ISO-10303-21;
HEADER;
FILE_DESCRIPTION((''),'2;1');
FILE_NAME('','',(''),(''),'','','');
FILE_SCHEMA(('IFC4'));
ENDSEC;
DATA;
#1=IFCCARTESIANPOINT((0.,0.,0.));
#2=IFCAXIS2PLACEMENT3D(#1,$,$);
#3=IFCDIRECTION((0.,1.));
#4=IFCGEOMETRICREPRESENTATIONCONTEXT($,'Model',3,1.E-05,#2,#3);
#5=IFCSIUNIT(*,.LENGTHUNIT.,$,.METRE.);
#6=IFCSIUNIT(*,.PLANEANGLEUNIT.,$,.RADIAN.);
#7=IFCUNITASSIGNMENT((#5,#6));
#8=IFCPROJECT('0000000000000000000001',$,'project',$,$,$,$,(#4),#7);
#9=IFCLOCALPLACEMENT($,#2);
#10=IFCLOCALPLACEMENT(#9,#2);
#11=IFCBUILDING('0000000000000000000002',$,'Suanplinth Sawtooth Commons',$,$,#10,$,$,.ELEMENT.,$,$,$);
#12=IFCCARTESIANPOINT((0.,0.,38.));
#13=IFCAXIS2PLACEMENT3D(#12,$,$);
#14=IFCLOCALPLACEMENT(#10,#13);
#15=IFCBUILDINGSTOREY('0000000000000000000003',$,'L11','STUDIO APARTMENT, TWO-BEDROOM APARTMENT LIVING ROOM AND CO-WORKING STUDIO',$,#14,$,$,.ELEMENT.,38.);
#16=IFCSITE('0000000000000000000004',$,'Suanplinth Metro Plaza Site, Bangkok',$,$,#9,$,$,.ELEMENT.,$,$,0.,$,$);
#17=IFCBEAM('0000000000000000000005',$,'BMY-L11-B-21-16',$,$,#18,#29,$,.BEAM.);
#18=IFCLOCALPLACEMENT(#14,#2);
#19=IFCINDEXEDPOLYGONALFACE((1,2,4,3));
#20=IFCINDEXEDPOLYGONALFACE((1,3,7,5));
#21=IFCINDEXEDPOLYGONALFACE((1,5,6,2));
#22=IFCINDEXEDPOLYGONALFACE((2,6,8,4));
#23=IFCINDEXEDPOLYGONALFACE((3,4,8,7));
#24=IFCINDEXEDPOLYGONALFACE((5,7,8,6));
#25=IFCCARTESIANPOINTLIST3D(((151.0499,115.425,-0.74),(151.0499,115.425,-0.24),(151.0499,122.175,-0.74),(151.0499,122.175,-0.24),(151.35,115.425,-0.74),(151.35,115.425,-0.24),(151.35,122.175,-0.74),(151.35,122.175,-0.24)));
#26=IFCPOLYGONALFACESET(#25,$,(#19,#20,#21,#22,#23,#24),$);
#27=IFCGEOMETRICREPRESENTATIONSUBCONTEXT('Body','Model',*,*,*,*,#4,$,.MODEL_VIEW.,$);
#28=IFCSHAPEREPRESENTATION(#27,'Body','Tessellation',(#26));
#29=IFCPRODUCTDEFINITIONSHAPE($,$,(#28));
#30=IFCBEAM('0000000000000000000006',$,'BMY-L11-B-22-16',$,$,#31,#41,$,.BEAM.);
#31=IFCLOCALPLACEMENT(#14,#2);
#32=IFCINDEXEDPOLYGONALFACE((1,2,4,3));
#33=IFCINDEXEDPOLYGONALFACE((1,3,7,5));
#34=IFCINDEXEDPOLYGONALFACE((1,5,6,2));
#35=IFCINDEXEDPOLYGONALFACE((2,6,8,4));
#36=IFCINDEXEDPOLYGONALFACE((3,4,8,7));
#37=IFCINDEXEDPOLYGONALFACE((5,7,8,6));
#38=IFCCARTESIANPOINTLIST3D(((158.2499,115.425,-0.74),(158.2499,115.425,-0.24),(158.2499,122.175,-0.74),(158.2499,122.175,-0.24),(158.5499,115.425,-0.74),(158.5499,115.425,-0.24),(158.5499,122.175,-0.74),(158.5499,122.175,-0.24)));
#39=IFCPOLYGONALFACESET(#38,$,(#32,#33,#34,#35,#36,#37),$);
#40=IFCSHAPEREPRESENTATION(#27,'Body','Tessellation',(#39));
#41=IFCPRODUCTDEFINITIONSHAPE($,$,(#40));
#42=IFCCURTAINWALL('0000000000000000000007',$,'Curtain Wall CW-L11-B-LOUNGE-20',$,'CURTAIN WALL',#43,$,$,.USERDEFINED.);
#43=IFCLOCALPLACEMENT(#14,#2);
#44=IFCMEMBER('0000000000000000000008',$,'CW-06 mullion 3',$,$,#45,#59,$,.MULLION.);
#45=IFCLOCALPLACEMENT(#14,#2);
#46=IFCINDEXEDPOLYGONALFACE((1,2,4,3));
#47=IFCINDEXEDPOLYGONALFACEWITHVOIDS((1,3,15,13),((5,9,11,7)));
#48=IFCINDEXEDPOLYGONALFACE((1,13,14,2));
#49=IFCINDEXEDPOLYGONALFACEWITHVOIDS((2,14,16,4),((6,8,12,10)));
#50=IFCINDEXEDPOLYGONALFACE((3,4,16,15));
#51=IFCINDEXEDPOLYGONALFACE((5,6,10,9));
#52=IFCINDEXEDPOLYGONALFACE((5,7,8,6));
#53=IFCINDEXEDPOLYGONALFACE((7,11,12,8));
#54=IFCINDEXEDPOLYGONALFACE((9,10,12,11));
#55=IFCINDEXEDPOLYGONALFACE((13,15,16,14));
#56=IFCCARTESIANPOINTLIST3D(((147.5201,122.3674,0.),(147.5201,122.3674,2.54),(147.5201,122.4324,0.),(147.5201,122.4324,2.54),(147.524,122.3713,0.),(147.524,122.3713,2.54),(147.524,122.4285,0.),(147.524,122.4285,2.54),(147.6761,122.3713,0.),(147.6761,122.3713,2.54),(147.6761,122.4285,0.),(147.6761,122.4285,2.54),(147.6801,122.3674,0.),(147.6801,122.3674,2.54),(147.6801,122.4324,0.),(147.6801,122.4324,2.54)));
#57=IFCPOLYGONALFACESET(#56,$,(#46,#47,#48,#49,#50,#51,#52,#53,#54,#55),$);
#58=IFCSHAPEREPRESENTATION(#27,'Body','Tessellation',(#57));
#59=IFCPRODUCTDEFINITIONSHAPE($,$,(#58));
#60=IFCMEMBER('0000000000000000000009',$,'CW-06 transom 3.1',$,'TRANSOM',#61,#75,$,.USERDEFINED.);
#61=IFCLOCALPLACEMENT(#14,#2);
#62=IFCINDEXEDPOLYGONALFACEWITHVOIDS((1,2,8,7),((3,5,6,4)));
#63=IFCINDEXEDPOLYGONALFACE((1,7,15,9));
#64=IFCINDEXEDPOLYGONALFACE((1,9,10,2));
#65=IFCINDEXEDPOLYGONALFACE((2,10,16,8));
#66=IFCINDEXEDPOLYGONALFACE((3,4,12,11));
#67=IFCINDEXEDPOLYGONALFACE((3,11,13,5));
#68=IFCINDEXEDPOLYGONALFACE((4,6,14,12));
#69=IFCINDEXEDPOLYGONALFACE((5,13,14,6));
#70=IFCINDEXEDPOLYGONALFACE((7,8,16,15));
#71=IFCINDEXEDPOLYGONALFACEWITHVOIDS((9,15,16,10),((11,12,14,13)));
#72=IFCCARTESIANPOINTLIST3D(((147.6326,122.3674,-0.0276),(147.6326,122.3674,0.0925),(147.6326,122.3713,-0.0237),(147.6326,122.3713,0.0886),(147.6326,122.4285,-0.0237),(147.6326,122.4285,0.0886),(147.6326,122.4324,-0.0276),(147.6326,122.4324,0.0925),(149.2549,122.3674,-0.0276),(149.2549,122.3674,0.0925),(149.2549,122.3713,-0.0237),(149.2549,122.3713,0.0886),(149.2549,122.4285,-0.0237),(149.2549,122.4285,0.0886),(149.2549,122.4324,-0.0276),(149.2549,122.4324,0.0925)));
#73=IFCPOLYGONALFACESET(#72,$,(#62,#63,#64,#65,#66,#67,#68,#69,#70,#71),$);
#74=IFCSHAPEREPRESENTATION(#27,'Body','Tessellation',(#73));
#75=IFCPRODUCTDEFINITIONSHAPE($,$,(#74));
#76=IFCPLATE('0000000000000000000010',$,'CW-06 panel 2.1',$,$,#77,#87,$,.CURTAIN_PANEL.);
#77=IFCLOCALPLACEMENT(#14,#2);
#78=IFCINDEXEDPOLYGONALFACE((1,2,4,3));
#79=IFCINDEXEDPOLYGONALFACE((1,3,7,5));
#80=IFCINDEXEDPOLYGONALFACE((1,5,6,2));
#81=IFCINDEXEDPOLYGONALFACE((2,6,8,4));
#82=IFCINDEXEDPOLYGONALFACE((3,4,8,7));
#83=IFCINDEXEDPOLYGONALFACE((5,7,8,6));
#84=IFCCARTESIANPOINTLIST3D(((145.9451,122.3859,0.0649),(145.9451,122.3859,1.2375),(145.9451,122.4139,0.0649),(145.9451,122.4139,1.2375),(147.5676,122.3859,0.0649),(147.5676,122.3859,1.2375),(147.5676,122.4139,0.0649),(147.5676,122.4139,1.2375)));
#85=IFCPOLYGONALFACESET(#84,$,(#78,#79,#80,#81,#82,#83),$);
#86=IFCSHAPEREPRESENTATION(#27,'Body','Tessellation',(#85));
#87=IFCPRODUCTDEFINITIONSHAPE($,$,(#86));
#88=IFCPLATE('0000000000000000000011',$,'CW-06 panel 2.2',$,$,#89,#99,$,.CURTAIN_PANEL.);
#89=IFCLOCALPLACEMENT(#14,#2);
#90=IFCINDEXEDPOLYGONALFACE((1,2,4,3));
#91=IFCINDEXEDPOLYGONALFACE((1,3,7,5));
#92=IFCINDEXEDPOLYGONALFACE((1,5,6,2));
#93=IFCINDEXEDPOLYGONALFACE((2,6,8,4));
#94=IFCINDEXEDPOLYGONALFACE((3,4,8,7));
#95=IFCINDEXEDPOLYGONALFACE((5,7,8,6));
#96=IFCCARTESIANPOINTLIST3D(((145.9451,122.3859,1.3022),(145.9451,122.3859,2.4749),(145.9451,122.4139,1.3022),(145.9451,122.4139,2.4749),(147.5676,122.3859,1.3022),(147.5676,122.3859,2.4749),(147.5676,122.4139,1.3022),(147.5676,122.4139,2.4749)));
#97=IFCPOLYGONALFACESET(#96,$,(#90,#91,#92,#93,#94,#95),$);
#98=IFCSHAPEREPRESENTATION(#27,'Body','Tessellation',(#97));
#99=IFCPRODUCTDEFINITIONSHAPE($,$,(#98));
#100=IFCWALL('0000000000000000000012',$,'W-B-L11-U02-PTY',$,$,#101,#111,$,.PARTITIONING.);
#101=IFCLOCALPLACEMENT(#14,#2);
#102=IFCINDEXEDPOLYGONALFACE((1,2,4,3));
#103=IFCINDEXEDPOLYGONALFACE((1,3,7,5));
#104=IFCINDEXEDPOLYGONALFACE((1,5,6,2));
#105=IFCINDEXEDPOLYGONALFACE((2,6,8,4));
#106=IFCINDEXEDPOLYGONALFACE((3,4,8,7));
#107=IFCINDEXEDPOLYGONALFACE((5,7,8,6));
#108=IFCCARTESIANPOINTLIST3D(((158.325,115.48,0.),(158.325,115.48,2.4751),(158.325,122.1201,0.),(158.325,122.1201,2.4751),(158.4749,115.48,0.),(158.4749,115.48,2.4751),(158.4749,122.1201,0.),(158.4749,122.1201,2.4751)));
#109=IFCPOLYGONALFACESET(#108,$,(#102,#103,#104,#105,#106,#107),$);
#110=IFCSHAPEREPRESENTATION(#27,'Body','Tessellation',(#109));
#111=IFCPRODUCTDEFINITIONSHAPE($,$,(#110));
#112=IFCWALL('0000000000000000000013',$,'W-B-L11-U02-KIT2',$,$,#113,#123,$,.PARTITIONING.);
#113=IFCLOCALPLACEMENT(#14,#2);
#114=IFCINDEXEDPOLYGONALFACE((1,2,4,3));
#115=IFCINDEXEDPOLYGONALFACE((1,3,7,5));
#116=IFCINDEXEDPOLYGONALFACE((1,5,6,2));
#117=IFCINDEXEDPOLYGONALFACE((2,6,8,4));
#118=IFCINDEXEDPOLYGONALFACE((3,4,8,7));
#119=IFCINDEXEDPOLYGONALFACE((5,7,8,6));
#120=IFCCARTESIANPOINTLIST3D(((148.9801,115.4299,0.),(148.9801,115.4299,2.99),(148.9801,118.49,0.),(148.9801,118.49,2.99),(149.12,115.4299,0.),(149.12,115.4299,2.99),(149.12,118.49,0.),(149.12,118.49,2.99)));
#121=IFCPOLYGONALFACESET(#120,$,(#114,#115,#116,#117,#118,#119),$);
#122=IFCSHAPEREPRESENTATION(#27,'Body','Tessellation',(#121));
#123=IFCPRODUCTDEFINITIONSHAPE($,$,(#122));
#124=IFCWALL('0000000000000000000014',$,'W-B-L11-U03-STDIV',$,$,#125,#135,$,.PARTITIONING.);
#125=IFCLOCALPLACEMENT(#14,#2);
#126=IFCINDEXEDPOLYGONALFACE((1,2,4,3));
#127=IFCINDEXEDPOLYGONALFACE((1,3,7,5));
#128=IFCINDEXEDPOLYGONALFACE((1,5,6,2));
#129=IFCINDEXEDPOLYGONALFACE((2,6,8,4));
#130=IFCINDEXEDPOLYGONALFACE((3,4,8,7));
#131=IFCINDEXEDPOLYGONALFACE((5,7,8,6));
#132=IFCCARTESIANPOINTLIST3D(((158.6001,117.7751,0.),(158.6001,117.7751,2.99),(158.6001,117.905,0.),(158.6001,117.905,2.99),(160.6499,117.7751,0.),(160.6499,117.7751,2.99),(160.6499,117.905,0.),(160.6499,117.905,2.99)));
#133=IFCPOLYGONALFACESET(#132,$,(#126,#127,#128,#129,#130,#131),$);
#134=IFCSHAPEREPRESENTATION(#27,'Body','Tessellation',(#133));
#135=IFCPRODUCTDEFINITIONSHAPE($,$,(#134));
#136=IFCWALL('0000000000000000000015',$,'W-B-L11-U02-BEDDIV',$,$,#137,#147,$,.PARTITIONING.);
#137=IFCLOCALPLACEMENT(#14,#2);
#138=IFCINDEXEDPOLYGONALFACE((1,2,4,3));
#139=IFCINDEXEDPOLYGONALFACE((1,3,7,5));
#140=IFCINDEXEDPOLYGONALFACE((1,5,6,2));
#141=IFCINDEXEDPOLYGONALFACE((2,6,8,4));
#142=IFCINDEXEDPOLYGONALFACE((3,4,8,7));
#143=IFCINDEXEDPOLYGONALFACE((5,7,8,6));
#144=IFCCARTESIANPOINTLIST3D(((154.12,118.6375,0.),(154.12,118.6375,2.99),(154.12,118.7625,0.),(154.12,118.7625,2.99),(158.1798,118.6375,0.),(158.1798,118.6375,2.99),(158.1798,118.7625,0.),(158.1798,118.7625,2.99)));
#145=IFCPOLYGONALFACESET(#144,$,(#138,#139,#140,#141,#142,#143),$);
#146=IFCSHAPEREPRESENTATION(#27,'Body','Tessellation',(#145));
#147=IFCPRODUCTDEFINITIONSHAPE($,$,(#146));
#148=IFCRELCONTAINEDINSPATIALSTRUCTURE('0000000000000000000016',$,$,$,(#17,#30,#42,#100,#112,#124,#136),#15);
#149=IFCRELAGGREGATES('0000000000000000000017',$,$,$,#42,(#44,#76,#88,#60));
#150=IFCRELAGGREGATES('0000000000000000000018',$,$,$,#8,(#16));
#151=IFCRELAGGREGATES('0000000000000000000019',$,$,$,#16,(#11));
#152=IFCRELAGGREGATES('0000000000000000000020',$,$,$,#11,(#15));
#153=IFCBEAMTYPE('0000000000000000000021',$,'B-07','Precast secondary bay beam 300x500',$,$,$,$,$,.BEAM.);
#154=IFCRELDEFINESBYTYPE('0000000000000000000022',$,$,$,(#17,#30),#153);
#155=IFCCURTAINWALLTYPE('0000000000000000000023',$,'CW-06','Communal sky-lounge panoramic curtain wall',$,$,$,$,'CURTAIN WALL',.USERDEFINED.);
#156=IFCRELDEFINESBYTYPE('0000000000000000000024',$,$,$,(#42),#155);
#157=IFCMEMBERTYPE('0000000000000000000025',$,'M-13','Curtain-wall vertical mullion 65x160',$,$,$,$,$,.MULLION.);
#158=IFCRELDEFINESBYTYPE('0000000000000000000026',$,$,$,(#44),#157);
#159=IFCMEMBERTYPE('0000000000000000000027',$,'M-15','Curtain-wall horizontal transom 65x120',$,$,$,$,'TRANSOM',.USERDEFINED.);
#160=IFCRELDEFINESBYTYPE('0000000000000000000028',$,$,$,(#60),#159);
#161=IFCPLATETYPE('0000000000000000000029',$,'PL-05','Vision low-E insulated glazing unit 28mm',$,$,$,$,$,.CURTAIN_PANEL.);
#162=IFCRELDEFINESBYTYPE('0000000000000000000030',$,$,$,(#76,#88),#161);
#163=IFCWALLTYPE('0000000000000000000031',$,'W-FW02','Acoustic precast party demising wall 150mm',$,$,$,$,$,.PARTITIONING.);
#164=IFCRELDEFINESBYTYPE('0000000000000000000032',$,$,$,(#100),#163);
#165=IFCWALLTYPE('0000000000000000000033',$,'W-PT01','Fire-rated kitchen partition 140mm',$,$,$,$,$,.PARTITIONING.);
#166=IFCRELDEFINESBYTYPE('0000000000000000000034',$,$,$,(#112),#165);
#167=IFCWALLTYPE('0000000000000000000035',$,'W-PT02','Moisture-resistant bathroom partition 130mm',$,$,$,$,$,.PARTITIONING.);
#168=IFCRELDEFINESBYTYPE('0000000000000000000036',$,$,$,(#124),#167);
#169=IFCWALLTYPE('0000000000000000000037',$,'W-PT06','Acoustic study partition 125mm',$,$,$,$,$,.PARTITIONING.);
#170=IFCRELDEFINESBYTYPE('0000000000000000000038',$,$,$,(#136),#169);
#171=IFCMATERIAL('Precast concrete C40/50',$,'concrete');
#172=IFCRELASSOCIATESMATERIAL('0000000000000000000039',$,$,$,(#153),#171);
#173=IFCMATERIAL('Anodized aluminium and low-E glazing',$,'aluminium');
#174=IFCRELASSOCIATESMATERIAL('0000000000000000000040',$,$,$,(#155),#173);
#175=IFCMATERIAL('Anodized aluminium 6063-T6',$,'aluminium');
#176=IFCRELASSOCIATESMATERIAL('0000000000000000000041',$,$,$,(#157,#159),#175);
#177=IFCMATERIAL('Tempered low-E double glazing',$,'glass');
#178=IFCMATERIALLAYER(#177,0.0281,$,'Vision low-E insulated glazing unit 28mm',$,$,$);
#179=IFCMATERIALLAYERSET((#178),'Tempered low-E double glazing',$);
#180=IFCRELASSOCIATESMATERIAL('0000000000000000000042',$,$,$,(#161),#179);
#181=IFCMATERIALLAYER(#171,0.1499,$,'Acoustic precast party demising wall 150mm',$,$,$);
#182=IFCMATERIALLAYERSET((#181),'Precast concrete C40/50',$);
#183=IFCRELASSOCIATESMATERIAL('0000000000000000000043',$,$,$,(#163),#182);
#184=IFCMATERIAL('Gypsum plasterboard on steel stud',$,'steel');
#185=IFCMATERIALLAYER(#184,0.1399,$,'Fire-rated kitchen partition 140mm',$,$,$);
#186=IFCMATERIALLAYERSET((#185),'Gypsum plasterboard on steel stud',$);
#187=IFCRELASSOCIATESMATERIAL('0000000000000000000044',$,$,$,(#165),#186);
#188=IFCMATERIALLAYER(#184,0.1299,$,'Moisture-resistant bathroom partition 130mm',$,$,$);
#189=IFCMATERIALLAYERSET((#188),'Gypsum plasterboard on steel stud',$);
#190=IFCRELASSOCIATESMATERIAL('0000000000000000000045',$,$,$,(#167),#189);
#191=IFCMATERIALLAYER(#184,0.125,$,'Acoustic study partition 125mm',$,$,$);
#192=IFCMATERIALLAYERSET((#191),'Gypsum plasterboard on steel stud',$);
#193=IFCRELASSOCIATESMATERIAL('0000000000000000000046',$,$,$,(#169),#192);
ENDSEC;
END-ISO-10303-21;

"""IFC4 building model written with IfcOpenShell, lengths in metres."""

from ifc_helpers import new_model, si_unit, direction, frame, frame_2d, origin, origin_2d, place, context, subcontext, project, spatial, rectangle, hollow_rectangle, extrude, material, layer, layer_set, material_profile, profile_set, type_object, element, aggregate, save


model = new_model("IFC4")

# Units and contexts
model_context = context("Model", 3, precision=1e-05, world=origin(), true_north=direction((0.0, 1.0)))
body_context = subcontext(model_context, "Body", "Model", "MODEL_VIEW")
ifc_project = project(units=[si_unit("LENGTHUNIT", "METRE"), si_unit("PLANEANGLEUNIT", "RADIAN")], contexts=[model_context])

# Site, building, storey
site_placement = place(None, origin())
site = spatial("IfcSite", under=ifc_project, at=site_placement, Name="Suanplinth Metro Plaza Site, Bangkok", CompositionType="ELEMENT", RefElevation=0.0)
building_placement = place(site_placement, origin())
building = spatial("IfcBuilding", under=site, at=building_placement, Name="Suanplinth Sawtooth Commons", CompositionType="ELEMENT")
storey_placement = place(building_placement, frame((0.0, 0.0, 38.0)))
storey = spatial("IfcBuildingStorey", under=building, at=storey_placement, Name="L11", Description="STUDIO APARTMENT, TWO-BEDROOM APARTMENT LIVING ROOM AND CO-WORKING STUDIO", CompositionType="ELEMENT", Elevation=38.0)

# Beams
ifc_material_1 = material(Name="Precast concrete C40/50", Category="concrete")
ifc_material_profile_1 = material_profile(ifc_material_1, rectangle(XDim=0.3, YDim=0.5, at=origin_2d()), Name="PC-BM 300x500")
ifc_profile_set_1 = profile_set([ifc_material_profile_1], Name="Precast concrete C40/50")
beam_type = type_object("IfcBeamType", Name="B-07", Description="Precast secondary bay beam 300x500", PredefinedType="BEAM", material=ifc_profile_set_1)
for number, where, z_axis, x_axis, name in (
    (1, (151.2, 115.425, -0.49), (0.0, 1.0, 0.0), (-1.0, 0.0, 0.0), "BMY-L11-B-21-16"),
    (2, (158.3999, 115.425, -0.49), (0.0, 1.0, 0.0), (-1.0, 0.0, 0.0), "BMY-L11-B-22-16"),
):
    element("IfcBeam", number, at=place(storey_placement, frame(where, z_axis=z_axis, x_axis=x_axis)), inside=storey, type_object=beam_type, Name=name, PredefinedType="BEAM", context=body_context, shape_type="SweptSolid", body=[
        extrude(rectangle(XDim=0.3, YDim=0.5, at=origin_2d()), origin(), (0.0, 0.0, 1.0), 6.75),
    ])

# Curtain wall, members, plates
ifc_material_2 = material(Name="Anodized aluminium and low-E glazing", Category="aluminium")
curtain_wall_type = type_object("IfcCurtainWallType", Name="CW-06", Description="Communal sky-lounge panoramic curtain wall", ElementType="CURTAIN WALL", PredefinedType="USERDEFINED", material=ifc_material_2)
curtain_wall_placement = place(storey_placement, origin())
curtain_wall = element("IfcCurtainWall", 3, at=curtain_wall_placement, inside=storey, type_object=curtain_wall_type, Name="Curtain Wall CW-L11-B-LOUNGE-20", ObjectType="CURTAIN WALL", PredefinedType="USERDEFINED")
ifc_material_3 = material(Name="Anodized aluminium 6063-T6", Category="aluminium")
ifc_material_profile_2 = material_profile(ifc_material_3, hollow_rectangle(XDim=0.0649, YDim=0.1599, WallThickness=0.0039, at=origin_2d()), Name="ALU-MUL 65x160")
ifc_profile_set_2 = profile_set([ifc_material_profile_2], Name="Anodized aluminium 6063-T6")
member_type_1 = type_object("IfcMemberType", Name="M-13", Description="Curtain-wall vertical mullion 65x160", PredefinedType="MULLION", material=ifc_profile_set_2)
member_1_placement = place(storey_placement, frame((147.6001, 122.3999, 0.0), z_axis=(0.0, 0.0, 1.0), x_axis=(0.0, 1.0, 0.0)))
member_1 = element("IfcMember", 4, at=member_1_placement, type_object=member_type_1, Name="CW-06 mullion 3", PredefinedType="MULLION", context=body_context, shape_type="SweptSolid", body=[
    extrude(hollow_rectangle(XDim=0.0649, YDim=0.1599, WallThickness=0.0039, at=origin_2d()), origin(), (0.0, 0.0, 1.0), 2.54),
])
ifc_material_profile_3 = material_profile(ifc_material_3, hollow_rectangle(XDim=0.0649, YDim=0.1201, WallThickness=0.0039, at=origin_2d()), Name="ALU-TRN 65x120")
ifc_profile_set_3 = profile_set([ifc_material_profile_3], Name="Anodized aluminium 6063-T6")
member_type_2 = type_object("IfcMemberType", Name="M-15", Description="Curtain-wall horizontal transom 65x120", ElementType="TRANSOM", PredefinedType="USERDEFINED", material=ifc_profile_set_3)
member_2_placement = place(storey_placement, frame((147.6326, 122.3999, 0.0325), z_axis=(1.0, 0.0, 0.0), x_axis=(0.0, 1.0, 0.0)))
member_2 = element("IfcMember", 5, at=member_2_placement, type_object=member_type_2, Name="CW-06 transom 3.1", ObjectType="TRANSOM", PredefinedType="USERDEFINED", context=body_context, shape_type="SweptSolid", body=[
    extrude(hollow_rectangle(XDim=0.0649, YDim=0.1201, WallThickness=0.0039, at=origin_2d()), origin(), (0.0, 0.0, 1.0), 1.6223),
])
ifc_material_4 = material(Name="Tempered low-E double glazing", Category="glass")
ifc_layer_1 = layer(ifc_material_4, 0.0281, Name="Vision low-E insulated glazing unit 28mm")
ifc_layer_set_1 = layer_set([ifc_layer_1], Name="Tempered low-E double glazing")
plate_type = type_object("IfcPlateType", Name="PL-05", Description="Vision low-E insulated glazing unit 28mm", PredefinedType="CURTAIN_PANEL", material=ifc_layer_set_1)
plate_1_placement = place(storey_placement, frame((146.7563, 122.3999, 0.0649), z_axis=(0.0, 0.0, 1.0), x_axis=(1.0, 0.0, 0.0)))
plate_1 = element("IfcPlate", 6, at=plate_1_placement, type_object=plate_type, Name="CW-06 panel 2.1", PredefinedType="CURTAIN_PANEL", context=body_context, shape_type="SweptSolid", body=[
    extrude(rectangle(XDim=1.6226, YDim=0.0281, at=origin_2d()), origin(), (0.0, 0.0, 1.0), 1.1726),
])
plate_2_placement = place(storey_placement, frame((146.7563, 122.3999, 1.3022), z_axis=(0.0, 0.0, 1.0), x_axis=(1.0, 0.0, 0.0)))
plate_2 = element("IfcPlate", 7, at=plate_2_placement, type_object=plate_type, Name="CW-06 panel 2.2", PredefinedType="CURTAIN_PANEL", context=body_context, shape_type="SweptSolid", body=[
    extrude(rectangle(XDim=1.6226, YDim=0.0281, at=origin_2d()), origin(), (0.0, 0.0, 1.0), 1.1726),
])
aggregate(curtain_wall, [member_1, plate_1, plate_2, member_2])

# Walls
ifc_layer_2 = layer(ifc_material_1, 0.1499, Name="Acoustic precast party demising wall 150mm")
ifc_layer_set_2 = layer_set([ifc_layer_2], Name="Precast concrete C40/50")
wall_type_1 = type_object("IfcWallType", Name="W-FW02", Description="Acoustic precast party demising wall 150mm", PredefinedType="PARTITIONING", material=ifc_layer_set_2)
wall_1_placement = place(storey_placement, frame((158.3999, 115.48, 0.0), z_axis=(0.0, 0.0, 1.0), x_axis=(0.0, 1.0, 0.0)))
element("IfcWall", 8, at=wall_1_placement, inside=storey, type_object=wall_type_1, Name="W-B-L11-U02-PTY", PredefinedType="PARTITIONING", context=body_context, shape_type="SweptSolid", body=[
    extrude(rectangle(XDim=6.6401, YDim=0.1499, at=frame_2d((3.3201, 0.0))), origin(), (0.0, 0.0, 1.0), 2.4751),
])
ifc_material_5 = material(Name="Gypsum plasterboard on steel stud", Category="steel")
ifc_layer_3 = layer(ifc_material_5, 0.1399, Name="Fire-rated kitchen partition 140mm")
ifc_layer_set_3 = layer_set([ifc_layer_3], Name="Gypsum plasterboard on steel stud")
wall_type_2 = type_object("IfcWallType", Name="W-PT01", Description="Fire-rated kitchen partition 140mm", PredefinedType="PARTITIONING", material=ifc_layer_set_3)
wall_2_placement = place(storey_placement, frame((149.05, 115.4299, 0.0), z_axis=(0.0, 0.0, 1.0), x_axis=(0.0, 1.0, 0.0)))
element("IfcWall", 9, at=wall_2_placement, inside=storey, type_object=wall_type_2, Name="W-B-L11-U02-KIT2", PredefinedType="PARTITIONING", context=body_context, shape_type="SweptSolid", body=[
    extrude(rectangle(XDim=3.0601, YDim=0.1399, at=frame_2d((1.53, 0.0))), origin(), (0.0, 0.0, 1.0), 2.99),
])
ifc_layer_4 = layer(ifc_material_5, 0.1299, Name="Moisture-resistant bathroom partition 130mm")
ifc_layer_set_4 = layer_set([ifc_layer_4], Name="Gypsum plasterboard on steel stud")
wall_type_3 = type_object("IfcWallType", Name="W-PT02", Description="Moisture-resistant bathroom partition 130mm", PredefinedType="PARTITIONING", material=ifc_layer_set_4)
wall_3_placement = place(storey_placement, frame((158.6001, 117.8401, 0.0), z_axis=(0.0, 0.0, 1.0), x_axis=(1.0, 0.0, 0.0)))
element("IfcWall", 10, at=wall_3_placement, inside=storey, type_object=wall_type_3, Name="W-B-L11-U03-STDIV", PredefinedType="PARTITIONING", context=body_context, shape_type="SweptSolid", body=[
    extrude(rectangle(XDim=2.0498, YDim=0.1299, at=frame_2d((1.0249, 0.0))), origin(), (0.0, 0.0, 1.0), 2.99),
])

# Wall
ifc_layer_5 = layer(ifc_material_5, 0.125, Name="Acoustic study partition 125mm")
ifc_layer_set_5 = layer_set([ifc_layer_5], Name="Gypsum plasterboard on steel stud")
wall_type_4 = type_object("IfcWallType", Name="W-PT06", Description="Acoustic study partition 125mm", PredefinedType="PARTITIONING", material=ifc_layer_set_5)
wall_4_placement = place(storey_placement, frame((154.1201, 118.7, 0.0), z_axis=(0.0, 0.0, 1.0), x_axis=(1.0, 0.0, 0.0)))
element("IfcWall", 11, at=wall_4_placement, inside=storey, type_object=wall_type_4, Name="W-B-L11-U02-BEDDIV", PredefinedType="PARTITIONING", context=body_context, shape_type="SweptSolid", body=[
    extrude(rectangle(XDim=4.0598, YDim=0.125, at=frame_2d((2.0298, 0.0))), origin(), (0.0, 0.0, 1.0), 2.99),
])

save(model, "model.ifc")
